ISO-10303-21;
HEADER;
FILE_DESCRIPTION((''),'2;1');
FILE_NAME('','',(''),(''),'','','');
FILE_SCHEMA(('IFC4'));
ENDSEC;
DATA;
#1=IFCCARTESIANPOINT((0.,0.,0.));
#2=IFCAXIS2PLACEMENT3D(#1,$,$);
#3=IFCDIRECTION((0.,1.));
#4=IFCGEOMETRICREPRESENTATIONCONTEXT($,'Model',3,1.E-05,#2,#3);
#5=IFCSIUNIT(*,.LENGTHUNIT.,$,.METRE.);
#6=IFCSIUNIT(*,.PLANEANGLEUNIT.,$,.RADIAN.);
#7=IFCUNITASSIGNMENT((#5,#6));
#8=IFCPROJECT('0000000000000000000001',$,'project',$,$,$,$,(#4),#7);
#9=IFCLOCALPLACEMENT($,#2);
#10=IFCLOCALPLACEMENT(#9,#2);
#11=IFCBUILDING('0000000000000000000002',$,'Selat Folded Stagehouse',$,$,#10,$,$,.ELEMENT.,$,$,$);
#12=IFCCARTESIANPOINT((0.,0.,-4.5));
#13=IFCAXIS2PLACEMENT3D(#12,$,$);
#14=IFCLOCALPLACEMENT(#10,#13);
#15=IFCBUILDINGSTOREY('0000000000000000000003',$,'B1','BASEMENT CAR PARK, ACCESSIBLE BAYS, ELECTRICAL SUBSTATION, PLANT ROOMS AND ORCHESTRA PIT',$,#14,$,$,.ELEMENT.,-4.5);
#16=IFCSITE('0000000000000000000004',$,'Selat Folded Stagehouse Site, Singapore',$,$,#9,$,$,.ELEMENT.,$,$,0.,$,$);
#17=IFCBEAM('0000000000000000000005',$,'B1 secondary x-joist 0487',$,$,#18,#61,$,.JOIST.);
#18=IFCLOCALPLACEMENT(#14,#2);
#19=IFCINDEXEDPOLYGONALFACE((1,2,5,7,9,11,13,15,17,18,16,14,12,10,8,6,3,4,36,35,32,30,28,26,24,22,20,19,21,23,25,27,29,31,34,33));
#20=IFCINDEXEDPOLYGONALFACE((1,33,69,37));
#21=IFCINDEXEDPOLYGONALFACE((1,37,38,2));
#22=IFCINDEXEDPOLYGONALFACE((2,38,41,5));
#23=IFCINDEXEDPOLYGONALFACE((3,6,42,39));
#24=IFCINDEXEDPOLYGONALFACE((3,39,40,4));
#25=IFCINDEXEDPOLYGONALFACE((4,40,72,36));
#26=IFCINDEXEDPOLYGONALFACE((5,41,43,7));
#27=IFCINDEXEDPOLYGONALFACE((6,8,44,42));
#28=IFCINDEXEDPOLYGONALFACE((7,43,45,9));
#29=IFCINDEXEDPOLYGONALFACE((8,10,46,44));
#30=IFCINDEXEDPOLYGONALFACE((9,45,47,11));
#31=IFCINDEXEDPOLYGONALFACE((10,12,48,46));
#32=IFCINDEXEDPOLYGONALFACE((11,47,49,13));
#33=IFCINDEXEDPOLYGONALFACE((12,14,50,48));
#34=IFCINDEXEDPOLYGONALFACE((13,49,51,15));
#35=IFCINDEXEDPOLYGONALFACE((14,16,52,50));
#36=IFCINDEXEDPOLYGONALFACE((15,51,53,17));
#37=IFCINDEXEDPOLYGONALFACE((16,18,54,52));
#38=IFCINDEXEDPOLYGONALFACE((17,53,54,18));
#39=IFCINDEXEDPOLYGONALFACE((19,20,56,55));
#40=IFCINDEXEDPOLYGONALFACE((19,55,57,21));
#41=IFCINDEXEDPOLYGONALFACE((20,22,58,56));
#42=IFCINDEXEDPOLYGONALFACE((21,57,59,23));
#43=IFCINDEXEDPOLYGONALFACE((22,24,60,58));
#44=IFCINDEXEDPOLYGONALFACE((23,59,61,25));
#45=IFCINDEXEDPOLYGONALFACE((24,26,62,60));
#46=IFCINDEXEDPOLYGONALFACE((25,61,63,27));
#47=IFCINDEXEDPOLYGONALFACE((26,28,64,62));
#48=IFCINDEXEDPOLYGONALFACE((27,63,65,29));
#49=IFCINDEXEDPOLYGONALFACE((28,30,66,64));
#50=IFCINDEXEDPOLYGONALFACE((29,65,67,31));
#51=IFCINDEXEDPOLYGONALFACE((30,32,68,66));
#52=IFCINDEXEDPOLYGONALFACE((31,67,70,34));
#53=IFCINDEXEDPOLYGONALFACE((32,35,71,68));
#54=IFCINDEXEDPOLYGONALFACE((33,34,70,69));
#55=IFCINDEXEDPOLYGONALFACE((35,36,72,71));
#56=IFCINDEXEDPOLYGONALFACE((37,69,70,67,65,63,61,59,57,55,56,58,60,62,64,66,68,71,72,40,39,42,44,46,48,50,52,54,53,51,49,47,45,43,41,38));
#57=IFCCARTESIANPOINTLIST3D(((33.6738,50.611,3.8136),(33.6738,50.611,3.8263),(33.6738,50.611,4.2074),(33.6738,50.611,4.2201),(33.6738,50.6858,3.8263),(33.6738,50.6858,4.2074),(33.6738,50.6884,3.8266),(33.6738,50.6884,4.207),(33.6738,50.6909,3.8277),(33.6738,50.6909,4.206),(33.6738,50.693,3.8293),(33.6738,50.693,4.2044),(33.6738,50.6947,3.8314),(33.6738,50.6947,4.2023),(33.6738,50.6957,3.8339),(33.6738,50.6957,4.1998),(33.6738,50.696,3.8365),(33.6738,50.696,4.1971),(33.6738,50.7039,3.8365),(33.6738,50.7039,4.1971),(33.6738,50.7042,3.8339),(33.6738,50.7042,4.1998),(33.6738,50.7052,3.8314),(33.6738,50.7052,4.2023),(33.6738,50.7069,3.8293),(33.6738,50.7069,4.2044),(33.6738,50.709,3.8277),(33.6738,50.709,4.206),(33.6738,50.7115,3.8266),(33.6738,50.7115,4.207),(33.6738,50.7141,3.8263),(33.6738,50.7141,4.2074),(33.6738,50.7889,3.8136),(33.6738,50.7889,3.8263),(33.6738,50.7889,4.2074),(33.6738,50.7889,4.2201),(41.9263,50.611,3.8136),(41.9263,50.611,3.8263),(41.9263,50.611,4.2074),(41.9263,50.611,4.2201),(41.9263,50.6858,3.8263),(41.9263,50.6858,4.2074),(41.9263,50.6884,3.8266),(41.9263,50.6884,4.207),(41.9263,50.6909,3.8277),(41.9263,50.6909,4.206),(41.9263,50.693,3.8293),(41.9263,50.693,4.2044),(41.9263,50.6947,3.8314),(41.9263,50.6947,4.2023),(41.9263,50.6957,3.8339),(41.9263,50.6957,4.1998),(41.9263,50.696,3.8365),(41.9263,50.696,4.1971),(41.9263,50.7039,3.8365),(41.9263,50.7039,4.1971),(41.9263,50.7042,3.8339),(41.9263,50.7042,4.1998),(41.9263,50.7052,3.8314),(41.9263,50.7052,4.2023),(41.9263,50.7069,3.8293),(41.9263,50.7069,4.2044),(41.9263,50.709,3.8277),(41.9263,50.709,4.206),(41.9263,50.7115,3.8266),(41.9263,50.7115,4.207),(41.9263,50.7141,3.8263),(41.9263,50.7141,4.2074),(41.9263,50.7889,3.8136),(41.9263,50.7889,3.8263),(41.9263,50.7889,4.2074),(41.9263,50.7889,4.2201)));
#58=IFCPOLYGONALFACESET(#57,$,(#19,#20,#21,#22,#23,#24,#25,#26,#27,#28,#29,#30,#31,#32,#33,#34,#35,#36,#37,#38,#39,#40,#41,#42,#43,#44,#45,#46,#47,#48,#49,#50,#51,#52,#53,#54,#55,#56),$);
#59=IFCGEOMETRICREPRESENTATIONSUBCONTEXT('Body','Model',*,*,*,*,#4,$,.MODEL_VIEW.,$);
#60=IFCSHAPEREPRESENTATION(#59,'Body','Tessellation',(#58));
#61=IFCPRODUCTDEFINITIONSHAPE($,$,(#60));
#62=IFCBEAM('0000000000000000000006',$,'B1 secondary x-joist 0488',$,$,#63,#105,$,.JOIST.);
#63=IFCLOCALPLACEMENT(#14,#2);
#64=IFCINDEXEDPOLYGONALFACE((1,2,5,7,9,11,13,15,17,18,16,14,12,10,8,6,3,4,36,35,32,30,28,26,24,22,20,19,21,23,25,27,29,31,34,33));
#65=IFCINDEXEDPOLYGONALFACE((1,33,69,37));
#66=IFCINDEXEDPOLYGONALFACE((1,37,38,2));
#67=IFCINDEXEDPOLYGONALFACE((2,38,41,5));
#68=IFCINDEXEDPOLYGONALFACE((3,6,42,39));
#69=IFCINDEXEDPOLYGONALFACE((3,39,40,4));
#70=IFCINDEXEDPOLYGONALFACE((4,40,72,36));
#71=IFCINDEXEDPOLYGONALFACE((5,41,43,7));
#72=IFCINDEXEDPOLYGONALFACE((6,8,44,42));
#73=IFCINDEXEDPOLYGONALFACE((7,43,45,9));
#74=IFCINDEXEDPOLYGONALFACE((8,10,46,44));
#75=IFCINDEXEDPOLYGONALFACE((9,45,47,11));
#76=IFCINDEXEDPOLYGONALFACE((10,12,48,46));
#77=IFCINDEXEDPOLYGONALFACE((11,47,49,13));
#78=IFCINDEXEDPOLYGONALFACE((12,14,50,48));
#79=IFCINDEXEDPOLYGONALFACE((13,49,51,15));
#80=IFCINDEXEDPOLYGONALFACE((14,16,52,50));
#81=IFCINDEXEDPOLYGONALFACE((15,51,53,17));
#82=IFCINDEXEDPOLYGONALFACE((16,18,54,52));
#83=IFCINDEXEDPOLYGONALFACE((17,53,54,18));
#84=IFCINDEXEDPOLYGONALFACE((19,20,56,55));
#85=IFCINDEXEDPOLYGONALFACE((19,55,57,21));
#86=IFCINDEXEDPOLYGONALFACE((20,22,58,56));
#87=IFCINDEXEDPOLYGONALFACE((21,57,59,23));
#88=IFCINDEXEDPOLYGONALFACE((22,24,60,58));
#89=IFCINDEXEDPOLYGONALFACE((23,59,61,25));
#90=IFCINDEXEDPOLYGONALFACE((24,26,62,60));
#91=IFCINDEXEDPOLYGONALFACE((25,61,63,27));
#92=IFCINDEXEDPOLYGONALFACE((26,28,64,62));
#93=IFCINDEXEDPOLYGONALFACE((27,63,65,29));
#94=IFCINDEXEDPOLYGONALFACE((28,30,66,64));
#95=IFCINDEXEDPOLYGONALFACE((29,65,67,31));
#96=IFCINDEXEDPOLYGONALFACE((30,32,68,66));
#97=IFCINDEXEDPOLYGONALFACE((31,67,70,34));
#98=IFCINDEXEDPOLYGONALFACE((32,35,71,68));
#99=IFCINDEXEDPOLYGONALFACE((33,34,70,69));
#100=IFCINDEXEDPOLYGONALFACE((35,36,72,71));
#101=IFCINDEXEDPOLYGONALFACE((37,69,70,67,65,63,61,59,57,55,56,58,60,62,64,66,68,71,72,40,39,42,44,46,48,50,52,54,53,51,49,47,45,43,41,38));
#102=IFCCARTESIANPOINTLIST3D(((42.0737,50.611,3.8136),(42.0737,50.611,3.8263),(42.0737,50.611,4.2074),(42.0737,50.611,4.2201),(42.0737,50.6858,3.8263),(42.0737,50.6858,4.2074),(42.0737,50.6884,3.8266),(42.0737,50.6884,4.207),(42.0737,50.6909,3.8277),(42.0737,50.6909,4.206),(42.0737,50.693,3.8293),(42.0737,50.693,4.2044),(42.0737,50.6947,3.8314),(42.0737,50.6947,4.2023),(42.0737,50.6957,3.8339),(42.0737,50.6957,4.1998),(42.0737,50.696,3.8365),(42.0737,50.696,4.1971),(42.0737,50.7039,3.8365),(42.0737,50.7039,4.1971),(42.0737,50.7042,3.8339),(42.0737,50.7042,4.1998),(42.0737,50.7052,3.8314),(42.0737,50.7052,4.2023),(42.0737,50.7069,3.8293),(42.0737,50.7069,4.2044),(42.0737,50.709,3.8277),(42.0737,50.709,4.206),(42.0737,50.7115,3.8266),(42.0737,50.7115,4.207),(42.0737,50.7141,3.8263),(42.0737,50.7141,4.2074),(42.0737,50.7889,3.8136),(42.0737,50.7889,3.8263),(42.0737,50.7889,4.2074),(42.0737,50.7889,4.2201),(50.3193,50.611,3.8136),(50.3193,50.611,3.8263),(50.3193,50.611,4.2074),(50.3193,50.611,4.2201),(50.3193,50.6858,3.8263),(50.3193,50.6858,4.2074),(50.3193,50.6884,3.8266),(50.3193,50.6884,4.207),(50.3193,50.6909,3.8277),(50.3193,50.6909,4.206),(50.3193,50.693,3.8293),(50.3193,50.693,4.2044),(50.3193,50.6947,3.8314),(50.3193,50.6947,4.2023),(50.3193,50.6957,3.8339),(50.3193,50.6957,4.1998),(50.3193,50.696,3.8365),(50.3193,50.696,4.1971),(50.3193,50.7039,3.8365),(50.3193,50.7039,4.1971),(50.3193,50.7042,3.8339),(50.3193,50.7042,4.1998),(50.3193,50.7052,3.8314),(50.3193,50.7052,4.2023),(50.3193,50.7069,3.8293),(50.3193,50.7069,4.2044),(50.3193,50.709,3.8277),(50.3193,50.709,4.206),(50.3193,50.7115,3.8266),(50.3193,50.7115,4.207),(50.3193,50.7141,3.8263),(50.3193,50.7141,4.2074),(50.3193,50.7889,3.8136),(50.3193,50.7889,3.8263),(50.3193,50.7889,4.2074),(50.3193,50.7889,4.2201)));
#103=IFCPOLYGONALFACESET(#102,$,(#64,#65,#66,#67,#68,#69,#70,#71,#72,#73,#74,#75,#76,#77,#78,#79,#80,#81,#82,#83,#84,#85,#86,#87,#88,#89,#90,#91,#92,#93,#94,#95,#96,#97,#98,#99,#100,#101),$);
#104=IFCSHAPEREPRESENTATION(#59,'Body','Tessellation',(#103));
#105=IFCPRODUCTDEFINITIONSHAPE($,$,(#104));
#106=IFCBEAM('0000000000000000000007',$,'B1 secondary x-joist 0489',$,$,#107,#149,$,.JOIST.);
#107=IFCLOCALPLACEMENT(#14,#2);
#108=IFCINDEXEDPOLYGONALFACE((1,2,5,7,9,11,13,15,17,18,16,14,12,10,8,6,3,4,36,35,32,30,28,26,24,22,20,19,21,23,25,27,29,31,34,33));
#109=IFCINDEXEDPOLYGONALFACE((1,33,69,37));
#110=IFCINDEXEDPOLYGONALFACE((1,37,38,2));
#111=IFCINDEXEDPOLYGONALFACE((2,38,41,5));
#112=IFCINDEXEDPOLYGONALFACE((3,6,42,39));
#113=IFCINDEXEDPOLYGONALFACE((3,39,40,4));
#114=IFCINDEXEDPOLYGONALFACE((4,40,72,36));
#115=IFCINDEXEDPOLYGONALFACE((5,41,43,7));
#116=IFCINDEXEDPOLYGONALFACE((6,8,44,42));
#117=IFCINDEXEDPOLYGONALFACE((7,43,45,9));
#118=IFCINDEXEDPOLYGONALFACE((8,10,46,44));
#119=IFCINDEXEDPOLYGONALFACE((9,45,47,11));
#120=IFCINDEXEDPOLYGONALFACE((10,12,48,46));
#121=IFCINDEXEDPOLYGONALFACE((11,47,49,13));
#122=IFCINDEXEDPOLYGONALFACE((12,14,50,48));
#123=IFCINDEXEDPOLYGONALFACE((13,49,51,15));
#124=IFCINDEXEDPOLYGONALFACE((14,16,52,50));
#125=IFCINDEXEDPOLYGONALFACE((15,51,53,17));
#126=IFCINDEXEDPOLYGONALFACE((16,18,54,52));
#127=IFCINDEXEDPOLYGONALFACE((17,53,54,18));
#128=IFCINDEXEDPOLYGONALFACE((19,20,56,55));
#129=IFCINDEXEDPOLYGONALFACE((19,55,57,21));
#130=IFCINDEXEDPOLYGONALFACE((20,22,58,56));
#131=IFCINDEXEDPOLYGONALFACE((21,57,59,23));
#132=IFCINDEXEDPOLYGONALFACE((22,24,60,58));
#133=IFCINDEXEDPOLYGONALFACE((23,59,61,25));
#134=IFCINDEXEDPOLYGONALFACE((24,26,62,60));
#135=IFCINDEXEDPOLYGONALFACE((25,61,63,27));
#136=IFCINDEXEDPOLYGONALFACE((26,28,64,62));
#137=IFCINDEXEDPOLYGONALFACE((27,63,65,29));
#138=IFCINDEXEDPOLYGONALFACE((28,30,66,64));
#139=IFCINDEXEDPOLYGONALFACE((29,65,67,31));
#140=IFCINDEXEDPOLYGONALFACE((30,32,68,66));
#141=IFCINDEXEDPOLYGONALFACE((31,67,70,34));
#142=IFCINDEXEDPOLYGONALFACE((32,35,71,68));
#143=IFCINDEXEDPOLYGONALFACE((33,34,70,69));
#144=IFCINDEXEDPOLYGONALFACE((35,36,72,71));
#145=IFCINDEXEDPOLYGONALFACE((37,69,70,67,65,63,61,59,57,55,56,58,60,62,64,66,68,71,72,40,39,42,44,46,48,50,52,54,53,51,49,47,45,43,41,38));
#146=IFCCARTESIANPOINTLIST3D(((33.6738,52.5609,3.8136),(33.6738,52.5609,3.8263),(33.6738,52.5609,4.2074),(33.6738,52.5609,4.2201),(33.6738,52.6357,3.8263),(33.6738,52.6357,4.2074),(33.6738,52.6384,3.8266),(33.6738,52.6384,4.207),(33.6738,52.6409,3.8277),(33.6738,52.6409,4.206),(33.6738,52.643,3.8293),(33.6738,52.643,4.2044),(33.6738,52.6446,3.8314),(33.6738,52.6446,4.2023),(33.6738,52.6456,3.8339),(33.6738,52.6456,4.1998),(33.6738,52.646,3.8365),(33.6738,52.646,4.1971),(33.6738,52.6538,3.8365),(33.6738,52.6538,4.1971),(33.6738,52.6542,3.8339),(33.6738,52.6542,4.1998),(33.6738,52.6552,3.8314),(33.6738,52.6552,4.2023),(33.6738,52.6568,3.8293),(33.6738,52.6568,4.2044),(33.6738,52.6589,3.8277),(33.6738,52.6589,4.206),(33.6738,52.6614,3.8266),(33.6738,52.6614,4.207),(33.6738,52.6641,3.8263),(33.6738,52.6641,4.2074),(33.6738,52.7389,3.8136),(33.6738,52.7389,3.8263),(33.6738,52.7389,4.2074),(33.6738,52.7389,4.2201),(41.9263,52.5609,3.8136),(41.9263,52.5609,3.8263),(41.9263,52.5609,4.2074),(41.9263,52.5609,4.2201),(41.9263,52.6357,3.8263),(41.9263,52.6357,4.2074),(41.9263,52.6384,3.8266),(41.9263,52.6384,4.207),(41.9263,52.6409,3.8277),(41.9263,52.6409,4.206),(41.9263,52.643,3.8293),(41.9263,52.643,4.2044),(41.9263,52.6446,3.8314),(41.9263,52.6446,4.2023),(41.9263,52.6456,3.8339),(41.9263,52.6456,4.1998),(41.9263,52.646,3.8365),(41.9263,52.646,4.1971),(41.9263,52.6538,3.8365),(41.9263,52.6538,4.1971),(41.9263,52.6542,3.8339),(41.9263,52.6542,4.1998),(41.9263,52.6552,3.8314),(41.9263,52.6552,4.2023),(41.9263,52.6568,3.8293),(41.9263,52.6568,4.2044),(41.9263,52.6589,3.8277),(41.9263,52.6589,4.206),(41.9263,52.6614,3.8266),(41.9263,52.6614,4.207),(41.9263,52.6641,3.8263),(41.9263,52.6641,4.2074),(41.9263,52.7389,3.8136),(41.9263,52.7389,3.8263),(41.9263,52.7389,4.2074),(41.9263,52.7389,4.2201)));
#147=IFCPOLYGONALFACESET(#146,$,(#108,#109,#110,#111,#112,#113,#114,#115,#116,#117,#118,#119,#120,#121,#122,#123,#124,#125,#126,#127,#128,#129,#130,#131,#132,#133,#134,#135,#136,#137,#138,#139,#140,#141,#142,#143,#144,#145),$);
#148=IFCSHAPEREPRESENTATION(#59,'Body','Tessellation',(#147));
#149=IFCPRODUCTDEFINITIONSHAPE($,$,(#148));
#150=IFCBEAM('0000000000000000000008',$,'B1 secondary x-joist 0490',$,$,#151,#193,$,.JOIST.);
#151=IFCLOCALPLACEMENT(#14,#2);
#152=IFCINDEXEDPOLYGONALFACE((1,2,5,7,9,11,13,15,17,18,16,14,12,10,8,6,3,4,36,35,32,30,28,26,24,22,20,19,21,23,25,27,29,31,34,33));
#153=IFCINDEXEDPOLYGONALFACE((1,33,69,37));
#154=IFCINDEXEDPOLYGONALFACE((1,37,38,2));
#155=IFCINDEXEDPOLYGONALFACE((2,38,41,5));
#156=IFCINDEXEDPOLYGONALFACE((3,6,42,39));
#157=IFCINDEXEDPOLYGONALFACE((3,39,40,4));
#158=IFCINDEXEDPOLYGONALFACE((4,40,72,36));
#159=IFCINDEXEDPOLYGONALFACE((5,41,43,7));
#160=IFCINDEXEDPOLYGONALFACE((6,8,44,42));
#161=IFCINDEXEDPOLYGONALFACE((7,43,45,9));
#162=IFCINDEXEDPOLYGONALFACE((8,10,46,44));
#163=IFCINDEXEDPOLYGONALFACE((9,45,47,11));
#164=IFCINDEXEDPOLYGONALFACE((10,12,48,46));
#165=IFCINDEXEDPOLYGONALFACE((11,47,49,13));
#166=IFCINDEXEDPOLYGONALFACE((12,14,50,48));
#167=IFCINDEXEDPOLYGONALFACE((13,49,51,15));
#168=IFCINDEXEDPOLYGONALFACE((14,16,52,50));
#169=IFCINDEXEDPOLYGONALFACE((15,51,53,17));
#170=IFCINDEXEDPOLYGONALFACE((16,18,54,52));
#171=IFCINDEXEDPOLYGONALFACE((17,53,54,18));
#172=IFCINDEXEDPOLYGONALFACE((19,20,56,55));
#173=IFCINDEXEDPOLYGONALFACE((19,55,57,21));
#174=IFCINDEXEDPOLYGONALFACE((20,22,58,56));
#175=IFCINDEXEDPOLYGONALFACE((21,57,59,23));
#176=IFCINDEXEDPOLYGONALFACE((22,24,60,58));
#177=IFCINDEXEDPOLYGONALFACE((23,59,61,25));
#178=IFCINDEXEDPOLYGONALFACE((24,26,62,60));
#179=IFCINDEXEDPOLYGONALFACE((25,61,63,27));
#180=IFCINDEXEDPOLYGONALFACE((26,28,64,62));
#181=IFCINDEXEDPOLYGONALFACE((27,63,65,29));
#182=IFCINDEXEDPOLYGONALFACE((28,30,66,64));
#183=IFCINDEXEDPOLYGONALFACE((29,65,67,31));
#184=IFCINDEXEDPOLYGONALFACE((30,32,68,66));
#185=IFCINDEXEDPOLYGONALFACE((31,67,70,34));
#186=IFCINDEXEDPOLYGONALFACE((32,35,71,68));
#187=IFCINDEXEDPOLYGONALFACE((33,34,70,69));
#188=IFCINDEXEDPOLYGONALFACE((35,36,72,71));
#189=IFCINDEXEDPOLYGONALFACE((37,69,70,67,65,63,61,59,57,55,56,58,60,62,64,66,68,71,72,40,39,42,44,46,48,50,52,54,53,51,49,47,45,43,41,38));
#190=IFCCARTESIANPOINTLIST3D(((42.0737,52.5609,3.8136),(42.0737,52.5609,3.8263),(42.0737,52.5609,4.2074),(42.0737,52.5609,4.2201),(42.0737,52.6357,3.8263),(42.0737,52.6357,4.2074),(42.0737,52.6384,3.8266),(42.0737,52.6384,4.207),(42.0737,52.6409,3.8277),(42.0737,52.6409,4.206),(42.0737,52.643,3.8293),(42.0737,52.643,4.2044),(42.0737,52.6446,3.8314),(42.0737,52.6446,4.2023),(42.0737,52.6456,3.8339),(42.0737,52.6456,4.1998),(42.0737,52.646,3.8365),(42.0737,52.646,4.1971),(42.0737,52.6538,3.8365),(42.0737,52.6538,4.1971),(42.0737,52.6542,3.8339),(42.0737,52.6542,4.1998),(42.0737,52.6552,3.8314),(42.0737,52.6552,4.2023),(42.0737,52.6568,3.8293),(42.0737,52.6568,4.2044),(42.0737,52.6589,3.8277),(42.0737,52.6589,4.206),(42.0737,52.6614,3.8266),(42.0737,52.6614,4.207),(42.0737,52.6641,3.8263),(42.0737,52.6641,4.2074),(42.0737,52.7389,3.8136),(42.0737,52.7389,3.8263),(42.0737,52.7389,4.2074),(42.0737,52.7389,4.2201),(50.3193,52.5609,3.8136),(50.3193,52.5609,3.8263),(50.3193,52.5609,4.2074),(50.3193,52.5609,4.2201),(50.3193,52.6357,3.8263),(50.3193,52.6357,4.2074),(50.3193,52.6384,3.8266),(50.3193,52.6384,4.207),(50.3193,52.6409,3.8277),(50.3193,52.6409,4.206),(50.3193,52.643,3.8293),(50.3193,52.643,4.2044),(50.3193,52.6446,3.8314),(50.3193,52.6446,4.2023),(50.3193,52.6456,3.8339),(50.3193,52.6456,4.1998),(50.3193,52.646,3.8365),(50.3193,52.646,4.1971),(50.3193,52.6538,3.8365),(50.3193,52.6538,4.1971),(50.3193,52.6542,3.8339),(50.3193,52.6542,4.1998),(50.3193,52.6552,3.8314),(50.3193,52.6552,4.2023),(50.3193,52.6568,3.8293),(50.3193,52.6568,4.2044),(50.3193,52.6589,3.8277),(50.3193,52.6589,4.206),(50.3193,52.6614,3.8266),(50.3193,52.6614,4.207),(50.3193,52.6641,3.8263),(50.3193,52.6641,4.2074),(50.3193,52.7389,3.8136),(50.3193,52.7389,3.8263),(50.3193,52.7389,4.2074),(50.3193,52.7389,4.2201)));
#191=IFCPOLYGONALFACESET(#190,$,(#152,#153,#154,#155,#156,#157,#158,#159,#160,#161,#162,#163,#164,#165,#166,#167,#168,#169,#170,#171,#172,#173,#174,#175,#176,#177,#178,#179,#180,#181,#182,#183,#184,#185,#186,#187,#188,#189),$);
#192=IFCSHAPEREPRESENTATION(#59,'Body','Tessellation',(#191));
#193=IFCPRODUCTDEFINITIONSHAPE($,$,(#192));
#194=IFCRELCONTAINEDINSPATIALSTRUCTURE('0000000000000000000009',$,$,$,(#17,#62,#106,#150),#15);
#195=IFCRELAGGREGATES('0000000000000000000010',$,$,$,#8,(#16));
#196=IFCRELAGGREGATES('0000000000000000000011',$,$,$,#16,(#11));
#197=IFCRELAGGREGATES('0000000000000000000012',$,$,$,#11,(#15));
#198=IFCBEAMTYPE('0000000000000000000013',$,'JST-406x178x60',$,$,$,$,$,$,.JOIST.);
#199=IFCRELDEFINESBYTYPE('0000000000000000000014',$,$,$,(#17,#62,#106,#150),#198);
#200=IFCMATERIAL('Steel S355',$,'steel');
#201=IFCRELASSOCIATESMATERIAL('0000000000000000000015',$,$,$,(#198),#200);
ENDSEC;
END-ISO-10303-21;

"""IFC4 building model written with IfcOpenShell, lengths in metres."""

from ifc_helpers import new_model, si_unit, direction, frame, origin, origin_2d, place, context, subcontext, project, spatial, i_section, extrude, material, material_profile, profile_set, type_object, element, save


model = new_model("IFC4")

# Units and contexts
model_context = context("Model", 3, precision=1e-05, world=origin(), true_north=direction((0.0, 1.0)))
body_context = subcontext(model_context, "Body", "Model", "MODEL_VIEW")
ifc_project = project(units=[si_unit("LENGTHUNIT", "METRE"), si_unit("PLANEANGLEUNIT", "RADIAN")], contexts=[model_context])

# Site, building, storey
site_placement = place(None, origin())
site = spatial("IfcSite", under=ifc_project, at=site_placement, Name="Selat Folded Stagehouse Site, Singapore", CompositionType="ELEMENT", RefElevation=0.0)
building_placement = place(site_placement, origin())
building = spatial("IfcBuilding", under=site, at=building_placement, Name="Selat Folded Stagehouse", CompositionType="ELEMENT")
storey_placement = place(building_placement, frame((0.0, 0.0, -4.5)))
storey = spatial("IfcBuildingStorey", under=building, at=storey_placement, Name="B1", Description="BASEMENT CAR PARK, ACCESSIBLE BAYS, ELECTRICAL SUBSTATION, PLANT ROOMS AND ORCHESTRA PIT", CompositionType="ELEMENT", Elevation=-4.5)

# Shared definitions
ifc_material_1 = material(Name="Steel S355", Category="steel")

# Beams
ifc_material_profile_1 = material_profile(ifc_material_1, i_section(OverallWidth=0.178, OverallDepth=0.4065, WebThickness=0.0078, FlangeThickness=0.0127, FilletRadius=0.0103, at=origin_2d()), Name="UKB 406x178x60")
ifc_profile_set_1 = profile_set([ifc_material_profile_1], Name="Steel S355")
beam_type_1 = type_object("IfcBeamType", Name="JST-406x178x60", PredefinedType="JOIST", material=ifc_profile_set_1)
beam_1_placement = place(storey_placement, frame((33.6738, 50.7, 4.0168), z_axis=(1.0, 0.0, 0.0), x_axis=(0.0, 1.0, 0.0)))
element("IfcBeam", 1, at=beam_1_placement, inside=storey, type_object=beam_type_1, Name="B1 secondary x-joist 0487", PredefinedType="JOIST", context=body_context, shape_type="SweptSolid", body=[
    extrude(i_section(OverallWidth=0.178, OverallDepth=0.4065, WebThickness=0.0078, FlangeThickness=0.0127, FilletRadius=0.0103, at=origin_2d()), origin(), (0.0, 0.0, 1.0), 8.2524),
])
beam_2_placement = place(storey_placement, frame((42.0737, 50.7, 4.0168), z_axis=(1.0, 0.0, 0.0), x_axis=(0.0, 1.0, 0.0)))
element("IfcBeam", 2, at=beam_2_placement, inside=storey, type_object=beam_type_1, Name="B1 secondary x-joist 0488", PredefinedType="JOIST", context=body_context, shape_type="SweptSolid", body=[
    extrude(i_section(OverallWidth=0.178, OverallDepth=0.4065, WebThickness=0.0078, FlangeThickness=0.0127, FilletRadius=0.0103, at=origin_2d()), origin(), (0.0, 0.0, 1.0), 8.2456),
])
beam_3_placement = place(storey_placement, frame((33.6738, 52.6499, 4.0168), z_axis=(1.0, 0.0, 0.0), x_axis=(0.0, 1.0, 0.0)))
element("IfcBeam", 3, at=beam_3_placement, inside=storey, type_object=beam_type_1, Name="B1 secondary x-joist 0489", PredefinedType="JOIST", context=body_context, shape_type="SweptSolid", body=[
    extrude(i_section(OverallWidth=0.178, OverallDepth=0.4065, WebThickness=0.0078, FlangeThickness=0.0127, FilletRadius=0.0103, at=origin_2d()), origin(), (0.0, 0.0, 1.0), 8.2524),
])
beam_4_placement = place(storey_placement, frame((42.0737, 52.6499, 4.0168), z_axis=(1.0, 0.0, 0.0), x_axis=(0.0, 1.0, 0.0)))
element("IfcBeam", 4, at=beam_4_placement, inside=storey, type_object=beam_type_1, Name="B1 secondary x-joist 0490", PredefinedType="JOIST", context=body_context, shape_type="SweptSolid", body=[
    extrude(i_section(OverallWidth=0.178, OverallDepth=0.4065, WebThickness=0.0078, FlangeThickness=0.0127, FilletRadius=0.0103, at=origin_2d()), origin(), (0.0, 0.0, 1.0), 8.2456),
])

save(model, "model.ifc")
